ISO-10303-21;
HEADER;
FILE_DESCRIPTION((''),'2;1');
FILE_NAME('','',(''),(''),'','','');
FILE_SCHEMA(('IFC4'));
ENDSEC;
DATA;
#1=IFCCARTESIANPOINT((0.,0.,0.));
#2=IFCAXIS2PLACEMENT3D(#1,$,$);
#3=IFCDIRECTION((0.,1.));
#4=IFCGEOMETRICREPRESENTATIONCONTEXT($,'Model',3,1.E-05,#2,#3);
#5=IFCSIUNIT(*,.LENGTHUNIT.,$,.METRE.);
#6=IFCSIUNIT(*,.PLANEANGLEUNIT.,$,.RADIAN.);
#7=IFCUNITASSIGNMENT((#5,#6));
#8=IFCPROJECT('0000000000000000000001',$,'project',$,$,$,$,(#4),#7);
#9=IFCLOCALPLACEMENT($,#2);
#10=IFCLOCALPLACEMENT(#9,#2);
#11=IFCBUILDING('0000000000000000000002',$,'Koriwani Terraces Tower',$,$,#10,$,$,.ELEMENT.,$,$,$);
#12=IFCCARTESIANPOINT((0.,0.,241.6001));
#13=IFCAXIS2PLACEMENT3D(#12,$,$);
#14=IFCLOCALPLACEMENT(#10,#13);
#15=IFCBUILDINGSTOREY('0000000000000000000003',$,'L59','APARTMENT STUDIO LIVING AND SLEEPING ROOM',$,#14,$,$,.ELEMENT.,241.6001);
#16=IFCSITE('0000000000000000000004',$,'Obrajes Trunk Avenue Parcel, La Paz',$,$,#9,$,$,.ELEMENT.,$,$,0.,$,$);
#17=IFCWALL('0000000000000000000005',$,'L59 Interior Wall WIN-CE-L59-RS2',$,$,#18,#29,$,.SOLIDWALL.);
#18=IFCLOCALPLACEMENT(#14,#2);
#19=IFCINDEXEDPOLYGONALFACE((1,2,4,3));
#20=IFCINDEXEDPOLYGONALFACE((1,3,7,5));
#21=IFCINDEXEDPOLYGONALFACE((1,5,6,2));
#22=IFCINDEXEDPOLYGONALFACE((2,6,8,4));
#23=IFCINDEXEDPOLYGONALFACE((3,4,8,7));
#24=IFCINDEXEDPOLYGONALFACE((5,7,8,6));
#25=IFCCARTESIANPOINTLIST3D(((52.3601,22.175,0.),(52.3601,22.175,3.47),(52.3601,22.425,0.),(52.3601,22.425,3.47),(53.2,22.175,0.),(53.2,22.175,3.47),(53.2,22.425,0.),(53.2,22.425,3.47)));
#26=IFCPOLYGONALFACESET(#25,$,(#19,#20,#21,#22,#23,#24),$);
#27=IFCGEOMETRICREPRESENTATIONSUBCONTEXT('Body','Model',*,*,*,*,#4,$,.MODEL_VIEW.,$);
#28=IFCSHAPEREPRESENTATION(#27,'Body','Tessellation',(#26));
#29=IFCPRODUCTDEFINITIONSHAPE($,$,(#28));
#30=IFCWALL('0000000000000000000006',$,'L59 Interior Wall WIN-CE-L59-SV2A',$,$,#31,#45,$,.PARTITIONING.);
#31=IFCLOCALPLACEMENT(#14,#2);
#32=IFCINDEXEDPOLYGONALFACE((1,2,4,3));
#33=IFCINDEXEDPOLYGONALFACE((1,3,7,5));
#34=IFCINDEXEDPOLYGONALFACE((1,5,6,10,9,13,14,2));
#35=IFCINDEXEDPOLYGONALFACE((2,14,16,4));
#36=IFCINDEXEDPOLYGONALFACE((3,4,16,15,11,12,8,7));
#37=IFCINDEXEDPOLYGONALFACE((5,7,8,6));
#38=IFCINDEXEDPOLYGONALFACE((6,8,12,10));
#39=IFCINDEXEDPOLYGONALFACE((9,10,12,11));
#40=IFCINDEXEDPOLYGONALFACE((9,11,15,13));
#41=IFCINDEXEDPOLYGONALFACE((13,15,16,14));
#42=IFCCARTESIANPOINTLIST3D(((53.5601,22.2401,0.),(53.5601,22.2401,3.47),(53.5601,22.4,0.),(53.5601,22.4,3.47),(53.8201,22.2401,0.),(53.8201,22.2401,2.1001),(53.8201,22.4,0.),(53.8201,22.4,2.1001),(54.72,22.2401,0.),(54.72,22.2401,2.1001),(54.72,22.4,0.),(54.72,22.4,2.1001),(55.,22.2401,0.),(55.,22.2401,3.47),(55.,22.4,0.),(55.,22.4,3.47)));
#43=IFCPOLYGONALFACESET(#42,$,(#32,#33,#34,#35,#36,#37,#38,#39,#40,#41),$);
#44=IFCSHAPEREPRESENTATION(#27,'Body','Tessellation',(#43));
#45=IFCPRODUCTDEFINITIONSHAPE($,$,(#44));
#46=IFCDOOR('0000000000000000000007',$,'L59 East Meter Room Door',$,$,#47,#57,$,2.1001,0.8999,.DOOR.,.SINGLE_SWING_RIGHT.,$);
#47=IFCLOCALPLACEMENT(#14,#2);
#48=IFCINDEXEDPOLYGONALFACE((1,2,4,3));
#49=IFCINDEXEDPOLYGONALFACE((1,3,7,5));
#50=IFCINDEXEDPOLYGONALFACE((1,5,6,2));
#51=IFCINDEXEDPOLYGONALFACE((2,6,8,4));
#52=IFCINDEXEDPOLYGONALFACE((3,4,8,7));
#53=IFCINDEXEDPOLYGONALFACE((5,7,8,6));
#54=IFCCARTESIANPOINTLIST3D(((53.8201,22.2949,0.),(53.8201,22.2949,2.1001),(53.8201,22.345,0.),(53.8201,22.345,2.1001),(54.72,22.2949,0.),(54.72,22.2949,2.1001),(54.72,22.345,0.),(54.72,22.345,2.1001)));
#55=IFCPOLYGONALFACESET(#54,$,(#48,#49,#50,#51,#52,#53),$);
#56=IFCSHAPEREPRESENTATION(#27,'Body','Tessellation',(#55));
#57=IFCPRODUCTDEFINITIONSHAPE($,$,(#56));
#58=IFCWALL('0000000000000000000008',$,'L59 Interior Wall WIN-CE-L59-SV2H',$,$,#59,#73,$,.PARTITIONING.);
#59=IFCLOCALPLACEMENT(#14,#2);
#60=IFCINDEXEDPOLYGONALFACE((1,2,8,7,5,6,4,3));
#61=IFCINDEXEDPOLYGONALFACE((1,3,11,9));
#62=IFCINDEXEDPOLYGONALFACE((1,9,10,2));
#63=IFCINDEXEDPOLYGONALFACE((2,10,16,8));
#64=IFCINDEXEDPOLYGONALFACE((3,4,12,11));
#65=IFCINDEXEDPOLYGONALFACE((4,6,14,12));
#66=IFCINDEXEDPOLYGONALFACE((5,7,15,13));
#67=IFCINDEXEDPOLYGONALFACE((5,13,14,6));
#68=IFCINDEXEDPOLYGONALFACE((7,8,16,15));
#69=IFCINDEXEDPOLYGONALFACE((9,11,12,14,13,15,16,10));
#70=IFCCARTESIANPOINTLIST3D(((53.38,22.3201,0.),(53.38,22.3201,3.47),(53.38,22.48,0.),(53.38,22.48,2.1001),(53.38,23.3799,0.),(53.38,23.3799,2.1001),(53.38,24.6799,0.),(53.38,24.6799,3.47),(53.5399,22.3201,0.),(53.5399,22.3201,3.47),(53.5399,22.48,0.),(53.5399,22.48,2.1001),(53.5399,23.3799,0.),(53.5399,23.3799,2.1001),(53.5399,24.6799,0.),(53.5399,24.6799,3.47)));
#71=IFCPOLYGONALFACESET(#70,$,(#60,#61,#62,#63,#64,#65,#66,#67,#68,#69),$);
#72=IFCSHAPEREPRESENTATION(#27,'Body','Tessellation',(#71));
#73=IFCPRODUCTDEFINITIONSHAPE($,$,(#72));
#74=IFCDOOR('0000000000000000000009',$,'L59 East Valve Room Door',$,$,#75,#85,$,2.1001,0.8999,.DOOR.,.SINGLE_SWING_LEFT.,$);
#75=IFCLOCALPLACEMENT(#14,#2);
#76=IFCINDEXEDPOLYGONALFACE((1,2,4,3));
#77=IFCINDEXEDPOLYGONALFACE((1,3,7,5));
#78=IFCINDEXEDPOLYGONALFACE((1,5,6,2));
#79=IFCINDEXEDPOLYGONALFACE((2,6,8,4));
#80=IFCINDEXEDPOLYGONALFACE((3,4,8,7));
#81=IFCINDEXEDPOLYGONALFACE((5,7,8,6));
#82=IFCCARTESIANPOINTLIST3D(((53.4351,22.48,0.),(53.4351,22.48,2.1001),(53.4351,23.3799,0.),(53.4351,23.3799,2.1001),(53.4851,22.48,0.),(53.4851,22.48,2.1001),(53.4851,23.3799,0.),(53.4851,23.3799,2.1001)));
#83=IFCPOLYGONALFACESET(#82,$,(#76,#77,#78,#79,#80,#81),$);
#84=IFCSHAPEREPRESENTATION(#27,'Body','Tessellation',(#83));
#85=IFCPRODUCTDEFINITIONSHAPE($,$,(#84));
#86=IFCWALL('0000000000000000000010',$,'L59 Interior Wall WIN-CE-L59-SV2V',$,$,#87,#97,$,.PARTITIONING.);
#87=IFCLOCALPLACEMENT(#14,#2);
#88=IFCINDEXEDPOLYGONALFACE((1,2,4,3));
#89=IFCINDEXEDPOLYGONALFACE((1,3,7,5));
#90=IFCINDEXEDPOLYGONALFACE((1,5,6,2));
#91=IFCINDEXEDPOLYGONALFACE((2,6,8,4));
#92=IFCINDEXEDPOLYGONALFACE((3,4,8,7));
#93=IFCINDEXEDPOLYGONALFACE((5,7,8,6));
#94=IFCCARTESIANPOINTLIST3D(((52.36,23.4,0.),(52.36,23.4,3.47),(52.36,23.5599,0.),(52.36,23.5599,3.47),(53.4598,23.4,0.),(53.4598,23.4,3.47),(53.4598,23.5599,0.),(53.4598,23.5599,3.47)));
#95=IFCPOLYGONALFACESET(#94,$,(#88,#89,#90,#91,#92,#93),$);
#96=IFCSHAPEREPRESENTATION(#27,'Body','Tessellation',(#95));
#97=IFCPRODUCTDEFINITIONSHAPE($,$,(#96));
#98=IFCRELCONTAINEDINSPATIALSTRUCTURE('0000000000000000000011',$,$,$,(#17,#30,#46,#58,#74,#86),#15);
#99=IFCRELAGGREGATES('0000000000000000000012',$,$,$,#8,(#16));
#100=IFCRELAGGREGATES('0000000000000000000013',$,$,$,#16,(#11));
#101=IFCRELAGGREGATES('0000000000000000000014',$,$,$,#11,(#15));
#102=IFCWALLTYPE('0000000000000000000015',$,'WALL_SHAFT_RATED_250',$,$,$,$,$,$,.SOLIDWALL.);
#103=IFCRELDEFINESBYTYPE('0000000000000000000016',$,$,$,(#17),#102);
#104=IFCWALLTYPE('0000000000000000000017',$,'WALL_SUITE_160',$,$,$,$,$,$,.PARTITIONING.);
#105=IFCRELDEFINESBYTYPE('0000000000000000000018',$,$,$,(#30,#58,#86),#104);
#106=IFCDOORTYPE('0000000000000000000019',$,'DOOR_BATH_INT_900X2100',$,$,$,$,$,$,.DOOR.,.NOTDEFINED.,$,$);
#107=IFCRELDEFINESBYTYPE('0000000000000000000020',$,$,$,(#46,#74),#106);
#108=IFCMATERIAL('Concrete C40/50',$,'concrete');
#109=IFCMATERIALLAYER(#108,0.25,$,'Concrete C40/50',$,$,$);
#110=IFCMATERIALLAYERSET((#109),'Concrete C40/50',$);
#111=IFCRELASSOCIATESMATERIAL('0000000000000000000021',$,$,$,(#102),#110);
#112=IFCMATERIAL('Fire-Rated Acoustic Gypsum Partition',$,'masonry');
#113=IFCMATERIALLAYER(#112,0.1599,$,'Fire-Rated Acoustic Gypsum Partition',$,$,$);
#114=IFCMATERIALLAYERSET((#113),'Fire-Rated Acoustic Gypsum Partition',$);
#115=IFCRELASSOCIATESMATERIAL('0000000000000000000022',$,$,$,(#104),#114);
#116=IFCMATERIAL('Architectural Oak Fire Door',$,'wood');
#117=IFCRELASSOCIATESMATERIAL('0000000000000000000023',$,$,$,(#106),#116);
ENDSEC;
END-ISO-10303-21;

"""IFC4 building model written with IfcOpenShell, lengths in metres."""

from ifc_helpers import new_model, si_unit, direction, frame, frame_2d, origin, place, context, subcontext, project, spatial, rectangle, extrude, material, layer, layer_set, type_object, element, fill, save


model = new_model("IFC4")

# Units and contexts
model_context = context("Model", 3, precision=1e-05, world=origin(), true_north=direction((0.0, 1.0)))
body_context = subcontext(model_context, "Body", "Model", "MODEL_VIEW")
ifc_project = project(units=[si_unit("LENGTHUNIT", "METRE"), si_unit("PLANEANGLEUNIT", "RADIAN")], contexts=[model_context])

# Site, building, storey
site_placement = place(None, origin())
site = spatial("IfcSite", under=ifc_project, at=site_placement, Name="Obrajes Trunk Avenue Parcel, La Paz", CompositionType="ELEMENT", RefElevation=0.0)
building_placement = place(site_placement, origin())
building = spatial("IfcBuilding", under=site, at=building_placement, Name="Koriwani Terraces Tower", CompositionType="ELEMENT")
storey_placement = place(building_placement, frame((0.0, 0.0, 241.6001)))
storey = spatial("IfcBuildingStorey", under=building, at=storey_placement, Name="L59", Description="APARTMENT STUDIO LIVING AND SLEEPING ROOM", CompositionType="ELEMENT", Elevation=241.6001)

# Shared definitions
ifc_material_1 = material(Name="Fire-Rated Acoustic Gypsum Partition", Category="masonry")

# Shared definitions
ifc_material_2 = material(Name="Concrete C40/50", Category="concrete")
ifc_layer_1 = layer(ifc_material_2, 0.25, Name="Concrete C40/50")
ifc_layer_set_1 = layer_set([ifc_layer_1], Name="Concrete C40/50")
wall_type_1 = type_object("IfcWallType", Name="WALL_SHAFT_RATED_250", PredefinedType="SOLIDWALL", material=ifc_layer_set_1)

# Wall
wall_1_placement = place(storey_placement, frame((52.3601, 22.3, 0.0), z_axis=(0.0, 0.0, 1.0), x_axis=(1.0, 0.0, 0.0)))
element("IfcWall", 1, at=wall_1_placement, inside=storey, type_object=wall_type_1, Name="L59 Interior Wall WIN-CE-L59-RS2", PredefinedType="SOLIDWALL", context=body_context, shape_type="SweptSolid", body=[
    extrude(rectangle(XDim=0.8398, YDim=0.25, at=frame_2d((0.4199, 0.0))), origin(), (0.0, 0.0, 1.0), 3.47),
])

# Walls, openings, doors
ifc_layer_2 = layer(ifc_material_1, 0.1599, Name="Fire-Rated Acoustic Gypsum Partition")
ifc_layer_set_2 = layer_set([ifc_layer_2], Name="Fire-Rated Acoustic Gypsum Partition")
wall_type_2 = type_object("IfcWallType", Name="WALL_SUITE_160", PredefinedType="PARTITIONING", material=ifc_layer_set_2)
wall_2_placement = place(storey_placement, frame((53.5601, 22.3201, 0.0), z_axis=(0.0, 0.0, 1.0), x_axis=(1.0, 0.0, 0.0)))
wall_2 = element("IfcWall", 2, at=wall_2_placement, inside=storey, type_object=wall_type_2, Name="L59 Interior Wall WIN-CE-L59-SV2A", PredefinedType="PARTITIONING", context=body_context, shape_type="SweptSolid", body=[
    extrude(rectangle(XDim=1.4399, YDim=0.1599, at=frame_2d((0.72, 0.0))), origin(), (0.0, 0.0, 1.0), 3.47),
])
opening_1_placement = place(wall_2_placement, frame((0.26, 0.0, 0.0)))
opening_1 = element("IfcOpeningElement", 3, at=opening_1_placement, cuts=wall_2, PredefinedType="OPENING", context=body_context, shape_type="SweptSolid", body=[
    extrude(rectangle(XDim=0.8999, YDim=2.1001, at=frame_2d((0.45, 1.05))), frame((0.0, 0.0898, 0.0), z_axis=(0.0, -1.0, 0.0), x_axis=(1.0, 0.0, 0.0)), (0.0, 0.0, 1.0), 0.1799),
])
ifc_material_3 = material(Name="Architectural Oak Fire Door", Category="wood")
door_type_1 = type_object("IfcDoorType", Name="DOOR_BATH_INT_900X2100", OperationType="NOTDEFINED", PredefinedType="DOOR", material=ifc_material_3)
door_1_placement = place(opening_1_placement, origin())
door_1 = element("IfcDoor", 4, at=door_1_placement, inside=storey, type_object=door_type_1, Name="L59 East Meter Room Door", OperationType="SINGLE_SWING_RIGHT", OverallHeight=2.1001, OverallWidth=0.8999, PredefinedType="DOOR", context=body_context, shape_type="SweptSolid", body=[
    extrude(rectangle(XDim=0.8999, YDim=2.1001, at=frame_2d((0.45, 1.05))), frame((0.0, 0.0249, 0.0), z_axis=(0.0, -1.0, 0.0), x_axis=(1.0, 0.0, 0.0)), (0.0, 0.0, 1.0), 0.05),
])
fill(opening_1, door_1)
wall_3_placement = place(storey_placement, frame((53.46, 22.3201, 0.0), z_axis=(0.0, 0.0, 1.0), x_axis=(0.0, 1.0, 0.0)))
wall_3 = element("IfcWall", 5, at=wall_3_placement, inside=storey, type_object=wall_type_2, Name="L59 Interior Wall WIN-CE-L59-SV2H", PredefinedType="PARTITIONING", context=body_context, shape_type="SweptSolid", body=[
    extrude(rectangle(XDim=2.3599, YDim=0.1599, at=frame_2d((1.1799, 0.0))), origin(), (0.0, 0.0, 1.0), 3.47),
])
opening_2_placement = place(wall_3_placement, frame((0.1599, 0.0, 0.0)))
opening_2 = element("IfcOpeningElement", 6, at=opening_2_placement, cuts=wall_3, PredefinedType="OPENING", context=body_context, shape_type="SweptSolid", body=[
    extrude(rectangle(XDim=0.8999, YDim=2.1001, at=frame_2d((0.45, 1.05))), frame((0.0, 0.0898, 0.0), z_axis=(0.0, -1.0, 0.0), x_axis=(1.0, 0.0, 0.0)), (0.0, 0.0, 1.0), 0.1799),
])
door_2_placement = place(opening_2_placement, origin())
door_2 = element("IfcDoor", 7, at=door_2_placement, inside=storey, type_object=door_type_1, Name="L59 East Valve Room Door", OperationType="SINGLE_SWING_LEFT", OverallHeight=2.1001, OverallWidth=0.8999, PredefinedType="DOOR", context=body_context, shape_type="SweptSolid", body=[
    extrude(rectangle(XDim=0.8999, YDim=2.1001, at=frame_2d((0.45, 1.05))), frame((0.0, 0.0249, 0.0), z_axis=(0.0, -1.0, 0.0), x_axis=(1.0, 0.0, 0.0)), (0.0, 0.0, 1.0), 0.05),
])
fill(opening_2, door_2)

# Wall
wall_4_placement = place(storey_placement, frame((52.3601, 23.48, 0.0), z_axis=(0.0, 0.0, 1.0), x_axis=(1.0, 0.0, 0.0)))
element("IfcWall", 8, at=wall_4_placement, inside=storey, type_object=wall_type_2, Name="L59 Interior Wall WIN-CE-L59-SV2V", PredefinedType="PARTITIONING", context=body_context, shape_type="SweptSolid", body=[
    extrude(rectangle(XDim=1.0999, YDim=0.1599, at=frame_2d((0.5498, 0.0))), origin(), (0.0, 0.0, 1.0), 3.47),
])

save(model, "model.ifc")
